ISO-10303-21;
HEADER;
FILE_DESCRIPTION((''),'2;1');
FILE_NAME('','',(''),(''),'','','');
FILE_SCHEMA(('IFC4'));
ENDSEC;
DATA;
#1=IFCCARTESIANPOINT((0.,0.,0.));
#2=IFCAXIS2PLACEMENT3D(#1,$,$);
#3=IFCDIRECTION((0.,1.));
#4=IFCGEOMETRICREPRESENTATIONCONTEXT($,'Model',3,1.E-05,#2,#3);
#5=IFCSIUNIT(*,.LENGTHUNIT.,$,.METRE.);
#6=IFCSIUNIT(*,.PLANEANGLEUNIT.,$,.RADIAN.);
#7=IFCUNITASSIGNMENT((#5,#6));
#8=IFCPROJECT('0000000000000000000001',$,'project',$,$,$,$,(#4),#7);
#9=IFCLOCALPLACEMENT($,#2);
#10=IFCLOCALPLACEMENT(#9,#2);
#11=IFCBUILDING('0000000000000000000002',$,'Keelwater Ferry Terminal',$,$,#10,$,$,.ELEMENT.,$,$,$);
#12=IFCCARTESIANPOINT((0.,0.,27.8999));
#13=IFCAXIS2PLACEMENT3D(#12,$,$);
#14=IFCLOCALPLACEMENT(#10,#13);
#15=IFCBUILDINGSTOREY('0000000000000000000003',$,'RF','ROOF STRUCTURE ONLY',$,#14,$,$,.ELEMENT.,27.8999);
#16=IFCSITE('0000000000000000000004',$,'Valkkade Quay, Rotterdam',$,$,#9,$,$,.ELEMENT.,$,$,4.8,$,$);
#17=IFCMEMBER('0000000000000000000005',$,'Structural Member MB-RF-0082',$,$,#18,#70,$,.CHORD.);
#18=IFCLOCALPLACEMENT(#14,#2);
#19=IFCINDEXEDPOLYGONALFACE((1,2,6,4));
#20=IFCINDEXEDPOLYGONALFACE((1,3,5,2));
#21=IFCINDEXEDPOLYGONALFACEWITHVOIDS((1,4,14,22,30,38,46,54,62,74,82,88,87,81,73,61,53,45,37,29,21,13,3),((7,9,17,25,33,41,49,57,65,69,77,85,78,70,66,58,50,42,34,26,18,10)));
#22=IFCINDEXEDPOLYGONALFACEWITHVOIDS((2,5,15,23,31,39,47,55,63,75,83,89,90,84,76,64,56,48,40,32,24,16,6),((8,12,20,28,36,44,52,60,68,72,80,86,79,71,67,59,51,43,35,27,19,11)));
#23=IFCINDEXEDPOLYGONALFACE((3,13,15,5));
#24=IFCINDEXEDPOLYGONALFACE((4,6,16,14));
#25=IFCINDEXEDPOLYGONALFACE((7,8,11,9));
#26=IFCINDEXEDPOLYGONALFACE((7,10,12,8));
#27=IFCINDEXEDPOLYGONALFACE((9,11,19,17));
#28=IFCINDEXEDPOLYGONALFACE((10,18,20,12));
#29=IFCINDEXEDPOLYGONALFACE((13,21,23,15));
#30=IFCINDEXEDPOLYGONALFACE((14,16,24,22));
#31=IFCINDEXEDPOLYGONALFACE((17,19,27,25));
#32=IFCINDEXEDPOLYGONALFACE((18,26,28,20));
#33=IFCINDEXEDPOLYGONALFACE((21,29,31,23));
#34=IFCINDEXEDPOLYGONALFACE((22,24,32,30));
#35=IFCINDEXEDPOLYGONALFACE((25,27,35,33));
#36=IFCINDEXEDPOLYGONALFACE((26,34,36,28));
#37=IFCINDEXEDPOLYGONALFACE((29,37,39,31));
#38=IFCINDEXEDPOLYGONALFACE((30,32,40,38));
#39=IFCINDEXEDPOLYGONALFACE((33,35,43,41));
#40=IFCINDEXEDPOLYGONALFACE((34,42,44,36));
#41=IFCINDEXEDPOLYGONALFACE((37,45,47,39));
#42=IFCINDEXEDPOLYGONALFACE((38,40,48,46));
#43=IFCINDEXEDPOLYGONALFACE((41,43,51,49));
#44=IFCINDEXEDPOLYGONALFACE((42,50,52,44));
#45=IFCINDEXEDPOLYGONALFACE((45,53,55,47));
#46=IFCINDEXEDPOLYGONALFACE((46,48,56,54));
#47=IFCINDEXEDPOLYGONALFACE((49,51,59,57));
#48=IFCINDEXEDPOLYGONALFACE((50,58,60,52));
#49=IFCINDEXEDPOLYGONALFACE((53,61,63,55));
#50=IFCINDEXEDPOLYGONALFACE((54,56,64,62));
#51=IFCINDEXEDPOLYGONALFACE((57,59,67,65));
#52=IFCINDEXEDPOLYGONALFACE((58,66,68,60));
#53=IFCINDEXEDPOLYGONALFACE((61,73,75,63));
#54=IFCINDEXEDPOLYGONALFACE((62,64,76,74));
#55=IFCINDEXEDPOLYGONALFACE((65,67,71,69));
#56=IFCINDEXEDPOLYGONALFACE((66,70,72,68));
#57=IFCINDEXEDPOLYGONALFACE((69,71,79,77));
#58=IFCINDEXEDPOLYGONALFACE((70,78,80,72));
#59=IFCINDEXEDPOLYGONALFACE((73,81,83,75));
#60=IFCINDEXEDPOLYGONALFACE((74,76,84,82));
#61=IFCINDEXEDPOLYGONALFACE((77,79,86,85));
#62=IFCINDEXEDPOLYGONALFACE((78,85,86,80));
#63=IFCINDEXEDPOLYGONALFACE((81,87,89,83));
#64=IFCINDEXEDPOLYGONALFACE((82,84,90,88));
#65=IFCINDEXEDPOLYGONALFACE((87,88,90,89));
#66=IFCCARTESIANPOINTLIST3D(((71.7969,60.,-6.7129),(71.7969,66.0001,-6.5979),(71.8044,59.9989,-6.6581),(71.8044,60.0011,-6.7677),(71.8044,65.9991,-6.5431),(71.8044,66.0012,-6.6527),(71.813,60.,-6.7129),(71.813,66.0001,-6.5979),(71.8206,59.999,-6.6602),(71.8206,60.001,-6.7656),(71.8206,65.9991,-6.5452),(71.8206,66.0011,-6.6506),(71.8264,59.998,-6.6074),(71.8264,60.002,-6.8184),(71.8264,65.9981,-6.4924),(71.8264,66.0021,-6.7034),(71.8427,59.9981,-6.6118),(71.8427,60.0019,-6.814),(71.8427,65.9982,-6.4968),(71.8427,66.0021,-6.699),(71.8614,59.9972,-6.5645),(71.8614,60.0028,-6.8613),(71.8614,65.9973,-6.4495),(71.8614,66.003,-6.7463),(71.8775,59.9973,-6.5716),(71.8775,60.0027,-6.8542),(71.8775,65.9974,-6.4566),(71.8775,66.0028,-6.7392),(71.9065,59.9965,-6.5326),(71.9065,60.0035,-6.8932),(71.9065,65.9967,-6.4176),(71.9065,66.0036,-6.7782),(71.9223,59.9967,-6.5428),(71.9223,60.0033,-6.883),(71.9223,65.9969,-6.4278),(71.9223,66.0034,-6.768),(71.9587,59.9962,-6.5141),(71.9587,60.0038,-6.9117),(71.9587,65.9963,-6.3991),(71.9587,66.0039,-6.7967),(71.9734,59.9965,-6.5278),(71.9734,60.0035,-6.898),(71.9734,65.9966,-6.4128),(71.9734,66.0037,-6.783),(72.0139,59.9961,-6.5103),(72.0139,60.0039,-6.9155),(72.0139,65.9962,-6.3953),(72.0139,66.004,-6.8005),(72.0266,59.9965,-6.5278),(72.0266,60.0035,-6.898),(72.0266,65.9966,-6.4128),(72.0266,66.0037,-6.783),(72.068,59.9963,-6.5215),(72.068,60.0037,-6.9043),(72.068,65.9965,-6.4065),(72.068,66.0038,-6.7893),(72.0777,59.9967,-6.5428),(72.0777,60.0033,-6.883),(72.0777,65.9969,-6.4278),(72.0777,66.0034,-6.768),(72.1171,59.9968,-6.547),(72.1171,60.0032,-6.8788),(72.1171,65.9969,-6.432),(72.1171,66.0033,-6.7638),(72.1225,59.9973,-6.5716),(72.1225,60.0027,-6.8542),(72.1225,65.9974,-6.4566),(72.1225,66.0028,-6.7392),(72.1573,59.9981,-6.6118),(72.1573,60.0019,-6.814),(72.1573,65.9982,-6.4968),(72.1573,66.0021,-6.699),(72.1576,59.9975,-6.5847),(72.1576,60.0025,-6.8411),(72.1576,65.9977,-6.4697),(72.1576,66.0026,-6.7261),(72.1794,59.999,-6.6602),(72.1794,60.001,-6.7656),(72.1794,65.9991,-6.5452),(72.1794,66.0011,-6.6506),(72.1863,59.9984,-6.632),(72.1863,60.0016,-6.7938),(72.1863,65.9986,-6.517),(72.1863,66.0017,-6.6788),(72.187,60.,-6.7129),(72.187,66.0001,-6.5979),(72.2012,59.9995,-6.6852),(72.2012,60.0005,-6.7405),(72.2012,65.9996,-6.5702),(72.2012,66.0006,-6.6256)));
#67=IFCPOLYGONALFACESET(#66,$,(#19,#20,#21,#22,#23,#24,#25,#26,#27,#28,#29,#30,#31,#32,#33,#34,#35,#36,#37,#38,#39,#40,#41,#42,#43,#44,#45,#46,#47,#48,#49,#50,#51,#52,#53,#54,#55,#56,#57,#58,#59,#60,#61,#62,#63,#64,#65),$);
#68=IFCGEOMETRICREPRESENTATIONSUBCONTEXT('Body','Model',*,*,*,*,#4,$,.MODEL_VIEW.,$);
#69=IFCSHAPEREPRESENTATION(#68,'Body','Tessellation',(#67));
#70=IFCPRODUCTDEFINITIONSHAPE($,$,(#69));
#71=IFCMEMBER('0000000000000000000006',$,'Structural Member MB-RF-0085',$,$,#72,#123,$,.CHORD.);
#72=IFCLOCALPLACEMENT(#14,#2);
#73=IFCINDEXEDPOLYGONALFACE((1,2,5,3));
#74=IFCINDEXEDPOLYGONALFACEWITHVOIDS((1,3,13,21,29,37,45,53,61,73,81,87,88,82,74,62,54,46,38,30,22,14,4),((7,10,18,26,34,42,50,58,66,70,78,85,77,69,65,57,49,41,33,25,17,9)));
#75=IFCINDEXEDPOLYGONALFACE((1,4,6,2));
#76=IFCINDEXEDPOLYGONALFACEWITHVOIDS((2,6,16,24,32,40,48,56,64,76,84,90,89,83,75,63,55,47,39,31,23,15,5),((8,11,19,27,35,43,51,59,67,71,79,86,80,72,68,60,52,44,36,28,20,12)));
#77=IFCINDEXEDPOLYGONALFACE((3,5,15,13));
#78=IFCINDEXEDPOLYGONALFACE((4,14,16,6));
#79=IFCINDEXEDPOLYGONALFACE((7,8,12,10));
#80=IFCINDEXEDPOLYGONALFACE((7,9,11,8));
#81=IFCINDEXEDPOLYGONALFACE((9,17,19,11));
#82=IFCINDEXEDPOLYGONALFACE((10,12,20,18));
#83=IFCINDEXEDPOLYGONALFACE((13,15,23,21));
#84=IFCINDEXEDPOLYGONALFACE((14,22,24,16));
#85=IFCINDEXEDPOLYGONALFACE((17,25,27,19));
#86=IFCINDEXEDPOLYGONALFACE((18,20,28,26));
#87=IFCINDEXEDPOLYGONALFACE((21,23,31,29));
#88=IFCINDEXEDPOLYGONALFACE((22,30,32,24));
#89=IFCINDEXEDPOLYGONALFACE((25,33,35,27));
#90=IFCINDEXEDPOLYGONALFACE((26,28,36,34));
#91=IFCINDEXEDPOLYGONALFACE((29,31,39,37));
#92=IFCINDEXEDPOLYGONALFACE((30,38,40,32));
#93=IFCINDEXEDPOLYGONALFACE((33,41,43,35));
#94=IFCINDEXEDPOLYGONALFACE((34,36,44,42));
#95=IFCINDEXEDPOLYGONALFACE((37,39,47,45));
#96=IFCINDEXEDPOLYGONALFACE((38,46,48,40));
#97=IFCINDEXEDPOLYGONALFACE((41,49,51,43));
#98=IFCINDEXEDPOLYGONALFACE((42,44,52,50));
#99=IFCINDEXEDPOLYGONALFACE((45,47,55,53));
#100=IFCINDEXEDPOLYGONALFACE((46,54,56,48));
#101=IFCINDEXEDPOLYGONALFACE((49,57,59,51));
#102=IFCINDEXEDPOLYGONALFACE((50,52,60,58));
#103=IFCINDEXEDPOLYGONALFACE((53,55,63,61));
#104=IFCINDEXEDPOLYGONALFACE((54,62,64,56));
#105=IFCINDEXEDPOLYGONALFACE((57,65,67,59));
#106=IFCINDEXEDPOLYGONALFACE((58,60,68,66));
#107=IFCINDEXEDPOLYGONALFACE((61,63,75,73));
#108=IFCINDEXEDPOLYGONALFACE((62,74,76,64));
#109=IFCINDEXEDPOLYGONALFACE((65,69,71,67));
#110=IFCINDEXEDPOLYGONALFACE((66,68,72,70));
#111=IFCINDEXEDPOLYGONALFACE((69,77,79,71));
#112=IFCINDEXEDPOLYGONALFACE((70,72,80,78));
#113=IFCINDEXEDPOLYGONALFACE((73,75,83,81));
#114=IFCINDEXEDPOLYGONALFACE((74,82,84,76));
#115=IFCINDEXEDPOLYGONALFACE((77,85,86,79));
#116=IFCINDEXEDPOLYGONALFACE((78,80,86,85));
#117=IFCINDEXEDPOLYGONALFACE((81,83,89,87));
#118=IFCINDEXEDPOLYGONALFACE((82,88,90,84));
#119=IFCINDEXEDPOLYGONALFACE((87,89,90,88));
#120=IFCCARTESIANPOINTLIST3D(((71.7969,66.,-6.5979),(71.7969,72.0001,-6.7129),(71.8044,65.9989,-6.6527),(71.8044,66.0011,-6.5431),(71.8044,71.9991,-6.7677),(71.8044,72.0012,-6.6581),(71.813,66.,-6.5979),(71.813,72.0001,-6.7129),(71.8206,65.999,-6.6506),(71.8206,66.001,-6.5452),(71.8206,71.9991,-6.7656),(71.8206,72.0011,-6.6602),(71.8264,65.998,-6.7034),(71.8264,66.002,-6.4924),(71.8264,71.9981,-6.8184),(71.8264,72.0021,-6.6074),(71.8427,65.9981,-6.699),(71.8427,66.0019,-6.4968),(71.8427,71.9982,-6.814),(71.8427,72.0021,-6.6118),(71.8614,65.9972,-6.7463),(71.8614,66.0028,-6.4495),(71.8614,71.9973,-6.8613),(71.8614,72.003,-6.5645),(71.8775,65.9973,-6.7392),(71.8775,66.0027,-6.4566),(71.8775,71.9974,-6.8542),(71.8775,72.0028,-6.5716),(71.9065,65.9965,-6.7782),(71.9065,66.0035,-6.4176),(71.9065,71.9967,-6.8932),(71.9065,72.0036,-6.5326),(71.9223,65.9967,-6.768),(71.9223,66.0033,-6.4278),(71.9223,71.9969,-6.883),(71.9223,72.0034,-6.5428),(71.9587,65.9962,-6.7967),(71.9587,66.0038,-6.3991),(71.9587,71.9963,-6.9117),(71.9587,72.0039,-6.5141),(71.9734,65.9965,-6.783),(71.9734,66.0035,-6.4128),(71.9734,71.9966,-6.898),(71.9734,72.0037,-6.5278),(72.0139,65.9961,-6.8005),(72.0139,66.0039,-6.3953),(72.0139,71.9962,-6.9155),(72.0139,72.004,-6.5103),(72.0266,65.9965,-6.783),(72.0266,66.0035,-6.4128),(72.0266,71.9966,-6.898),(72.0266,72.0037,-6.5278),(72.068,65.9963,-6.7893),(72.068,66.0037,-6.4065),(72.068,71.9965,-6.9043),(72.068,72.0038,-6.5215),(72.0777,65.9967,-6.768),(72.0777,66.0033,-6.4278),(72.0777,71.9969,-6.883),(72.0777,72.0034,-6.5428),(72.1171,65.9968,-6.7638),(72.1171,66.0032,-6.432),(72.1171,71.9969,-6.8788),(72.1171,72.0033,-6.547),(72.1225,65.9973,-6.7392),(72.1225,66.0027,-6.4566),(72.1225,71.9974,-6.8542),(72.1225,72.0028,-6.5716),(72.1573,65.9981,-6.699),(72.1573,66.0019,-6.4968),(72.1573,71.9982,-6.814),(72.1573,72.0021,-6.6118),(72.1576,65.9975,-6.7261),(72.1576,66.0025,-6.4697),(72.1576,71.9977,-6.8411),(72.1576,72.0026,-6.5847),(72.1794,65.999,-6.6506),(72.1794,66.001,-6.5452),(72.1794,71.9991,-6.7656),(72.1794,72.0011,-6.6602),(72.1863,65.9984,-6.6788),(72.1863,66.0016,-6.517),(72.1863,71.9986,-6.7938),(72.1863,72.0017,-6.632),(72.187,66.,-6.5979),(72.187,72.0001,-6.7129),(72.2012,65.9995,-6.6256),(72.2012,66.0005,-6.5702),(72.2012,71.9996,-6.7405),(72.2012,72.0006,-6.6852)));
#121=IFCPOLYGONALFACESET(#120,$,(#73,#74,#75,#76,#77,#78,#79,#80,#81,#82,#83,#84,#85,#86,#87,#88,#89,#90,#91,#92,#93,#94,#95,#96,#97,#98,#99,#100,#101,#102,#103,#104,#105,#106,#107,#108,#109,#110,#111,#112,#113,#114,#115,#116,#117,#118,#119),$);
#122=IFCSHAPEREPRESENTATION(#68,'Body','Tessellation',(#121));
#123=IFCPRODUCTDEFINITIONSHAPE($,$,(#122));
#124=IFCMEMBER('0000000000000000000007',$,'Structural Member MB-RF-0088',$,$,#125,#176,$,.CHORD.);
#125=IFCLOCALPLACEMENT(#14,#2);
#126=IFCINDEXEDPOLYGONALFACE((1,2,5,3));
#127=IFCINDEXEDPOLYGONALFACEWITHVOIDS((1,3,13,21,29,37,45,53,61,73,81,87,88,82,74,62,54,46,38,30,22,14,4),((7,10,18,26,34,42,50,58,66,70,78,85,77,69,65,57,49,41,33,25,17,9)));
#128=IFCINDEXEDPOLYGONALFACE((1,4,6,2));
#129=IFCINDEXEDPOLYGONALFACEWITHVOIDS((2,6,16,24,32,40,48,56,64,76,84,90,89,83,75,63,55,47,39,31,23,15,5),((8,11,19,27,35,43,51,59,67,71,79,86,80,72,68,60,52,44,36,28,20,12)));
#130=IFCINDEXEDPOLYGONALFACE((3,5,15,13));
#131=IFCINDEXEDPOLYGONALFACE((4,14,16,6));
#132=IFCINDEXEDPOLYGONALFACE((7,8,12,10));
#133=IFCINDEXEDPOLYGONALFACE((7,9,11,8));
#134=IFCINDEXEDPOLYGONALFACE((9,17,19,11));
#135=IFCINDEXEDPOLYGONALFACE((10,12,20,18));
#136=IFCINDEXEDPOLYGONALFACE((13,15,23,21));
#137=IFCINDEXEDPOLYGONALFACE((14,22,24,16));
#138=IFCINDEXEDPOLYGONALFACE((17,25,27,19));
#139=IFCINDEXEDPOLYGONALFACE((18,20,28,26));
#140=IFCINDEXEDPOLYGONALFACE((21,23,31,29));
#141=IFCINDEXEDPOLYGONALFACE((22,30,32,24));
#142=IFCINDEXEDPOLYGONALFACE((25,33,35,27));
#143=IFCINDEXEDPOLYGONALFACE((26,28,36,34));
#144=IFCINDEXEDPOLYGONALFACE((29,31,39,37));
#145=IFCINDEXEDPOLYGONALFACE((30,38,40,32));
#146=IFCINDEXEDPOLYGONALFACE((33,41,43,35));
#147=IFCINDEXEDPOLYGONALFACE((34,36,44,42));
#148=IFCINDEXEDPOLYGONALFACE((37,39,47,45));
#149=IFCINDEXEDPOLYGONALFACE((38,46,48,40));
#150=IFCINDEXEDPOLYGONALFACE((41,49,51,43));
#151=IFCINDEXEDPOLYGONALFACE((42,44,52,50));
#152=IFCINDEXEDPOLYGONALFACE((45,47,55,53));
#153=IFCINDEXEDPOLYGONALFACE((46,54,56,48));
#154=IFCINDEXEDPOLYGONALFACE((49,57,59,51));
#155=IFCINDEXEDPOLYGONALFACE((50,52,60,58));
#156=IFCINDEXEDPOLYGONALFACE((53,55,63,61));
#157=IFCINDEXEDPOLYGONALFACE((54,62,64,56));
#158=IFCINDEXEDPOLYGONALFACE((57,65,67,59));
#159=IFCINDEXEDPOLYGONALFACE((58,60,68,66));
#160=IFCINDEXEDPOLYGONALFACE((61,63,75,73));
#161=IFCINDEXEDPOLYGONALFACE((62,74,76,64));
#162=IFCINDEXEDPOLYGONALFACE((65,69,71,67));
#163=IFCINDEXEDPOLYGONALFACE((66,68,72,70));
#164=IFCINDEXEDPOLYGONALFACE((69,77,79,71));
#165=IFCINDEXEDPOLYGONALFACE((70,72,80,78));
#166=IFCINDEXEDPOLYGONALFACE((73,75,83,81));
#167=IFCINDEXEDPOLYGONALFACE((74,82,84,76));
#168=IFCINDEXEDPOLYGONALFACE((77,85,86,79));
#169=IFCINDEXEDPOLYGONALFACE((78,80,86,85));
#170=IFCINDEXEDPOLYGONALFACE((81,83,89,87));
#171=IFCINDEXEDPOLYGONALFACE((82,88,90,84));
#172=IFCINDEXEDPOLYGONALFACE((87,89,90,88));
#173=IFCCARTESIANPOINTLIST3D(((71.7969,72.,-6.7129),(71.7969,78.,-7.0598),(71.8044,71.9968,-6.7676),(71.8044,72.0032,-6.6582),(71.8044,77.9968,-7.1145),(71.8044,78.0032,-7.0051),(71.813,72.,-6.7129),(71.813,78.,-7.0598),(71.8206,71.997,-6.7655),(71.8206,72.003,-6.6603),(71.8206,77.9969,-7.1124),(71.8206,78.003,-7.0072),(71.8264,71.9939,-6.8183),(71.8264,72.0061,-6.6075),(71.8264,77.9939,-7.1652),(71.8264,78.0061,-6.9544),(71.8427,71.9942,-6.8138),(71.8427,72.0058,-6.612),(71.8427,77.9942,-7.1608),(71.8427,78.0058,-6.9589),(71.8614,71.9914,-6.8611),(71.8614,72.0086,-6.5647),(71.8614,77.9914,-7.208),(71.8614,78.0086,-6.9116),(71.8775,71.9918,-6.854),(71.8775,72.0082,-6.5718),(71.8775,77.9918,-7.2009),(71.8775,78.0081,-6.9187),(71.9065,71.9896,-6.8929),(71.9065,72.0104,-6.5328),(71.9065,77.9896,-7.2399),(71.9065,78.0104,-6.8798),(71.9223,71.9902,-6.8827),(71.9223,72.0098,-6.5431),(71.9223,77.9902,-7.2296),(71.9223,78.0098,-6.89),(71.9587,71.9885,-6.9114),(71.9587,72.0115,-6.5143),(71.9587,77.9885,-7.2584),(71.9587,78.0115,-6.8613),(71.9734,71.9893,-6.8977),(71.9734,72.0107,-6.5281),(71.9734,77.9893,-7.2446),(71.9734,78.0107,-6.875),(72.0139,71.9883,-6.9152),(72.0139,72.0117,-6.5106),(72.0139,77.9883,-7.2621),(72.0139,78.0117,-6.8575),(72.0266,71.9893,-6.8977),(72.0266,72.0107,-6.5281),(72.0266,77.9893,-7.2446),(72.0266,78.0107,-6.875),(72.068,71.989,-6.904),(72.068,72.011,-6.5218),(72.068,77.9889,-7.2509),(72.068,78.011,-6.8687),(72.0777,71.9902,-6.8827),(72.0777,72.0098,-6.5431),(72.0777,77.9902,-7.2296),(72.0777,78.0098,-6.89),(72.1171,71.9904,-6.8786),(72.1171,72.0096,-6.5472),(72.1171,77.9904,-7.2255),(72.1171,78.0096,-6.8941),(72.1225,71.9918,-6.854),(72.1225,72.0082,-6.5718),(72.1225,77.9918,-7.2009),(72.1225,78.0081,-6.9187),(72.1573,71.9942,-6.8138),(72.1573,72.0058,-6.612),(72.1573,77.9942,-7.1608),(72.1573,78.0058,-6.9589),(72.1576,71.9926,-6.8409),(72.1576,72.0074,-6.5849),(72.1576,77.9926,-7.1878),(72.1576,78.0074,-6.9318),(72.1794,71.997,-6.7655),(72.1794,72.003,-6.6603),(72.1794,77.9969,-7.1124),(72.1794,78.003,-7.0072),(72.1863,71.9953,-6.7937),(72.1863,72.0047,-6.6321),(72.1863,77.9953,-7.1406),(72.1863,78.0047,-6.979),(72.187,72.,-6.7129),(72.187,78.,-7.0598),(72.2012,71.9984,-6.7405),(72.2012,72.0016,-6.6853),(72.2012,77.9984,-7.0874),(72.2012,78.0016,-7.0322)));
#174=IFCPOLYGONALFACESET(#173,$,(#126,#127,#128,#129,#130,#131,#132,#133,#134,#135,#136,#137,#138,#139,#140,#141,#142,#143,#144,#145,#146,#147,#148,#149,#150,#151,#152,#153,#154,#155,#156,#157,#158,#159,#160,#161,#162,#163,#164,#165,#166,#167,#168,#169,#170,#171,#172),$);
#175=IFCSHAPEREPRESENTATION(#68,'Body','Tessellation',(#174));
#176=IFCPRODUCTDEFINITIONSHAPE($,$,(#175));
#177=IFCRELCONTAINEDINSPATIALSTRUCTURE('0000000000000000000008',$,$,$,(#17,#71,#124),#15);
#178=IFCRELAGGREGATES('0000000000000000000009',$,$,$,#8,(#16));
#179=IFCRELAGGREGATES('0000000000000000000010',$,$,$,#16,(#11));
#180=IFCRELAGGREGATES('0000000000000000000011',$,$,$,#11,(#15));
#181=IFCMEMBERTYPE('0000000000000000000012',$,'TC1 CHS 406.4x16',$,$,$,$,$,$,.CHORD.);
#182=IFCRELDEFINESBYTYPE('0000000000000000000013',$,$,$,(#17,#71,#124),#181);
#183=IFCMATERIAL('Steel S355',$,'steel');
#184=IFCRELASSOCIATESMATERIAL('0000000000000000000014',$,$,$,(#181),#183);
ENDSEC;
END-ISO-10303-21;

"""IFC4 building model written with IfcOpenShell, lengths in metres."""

from ifc_helpers import new_model, si_unit, direction, frame, origin, origin_2d, place, context, subcontext, project, spatial, hollow_circle, extrude, material, material_profile, profile_set, type_object, element, save


model = new_model("IFC4")

# Units and contexts
model_context = context("Model", 3, precision=1e-05, world=origin(), true_north=direction((0.0, 1.0)))
body_context = subcontext(model_context, "Body", "Model", "MODEL_VIEW")
ifc_project = project(units=[si_unit("LENGTHUNIT", "METRE"), si_unit("PLANEANGLEUNIT", "RADIAN")], contexts=[model_context])

# Site, building, storey
site_placement = place(None, origin())
site = spatial("IfcSite", under=ifc_project, at=site_placement, Name="Valkkade Quay, Rotterdam", CompositionType="ELEMENT", RefElevation=4.8)
building_placement = place(site_placement, origin())
building = spatial("IfcBuilding", under=site, at=building_placement, Name="Keelwater Ferry Terminal", CompositionType="ELEMENT")
storey_placement = place(building_placement, frame((0.0, 0.0, 27.8999)))
storey = spatial("IfcBuildingStorey", under=building, at=storey_placement, Name="RF", Description="ROOF STRUCTURE ONLY", CompositionType="ELEMENT", Elevation=27.8999)

# Members
ifc_material_1 = material(Name="Steel S355", Category="steel")
ifc_material_profile_1 = material_profile(ifc_material_1, hollow_circle(Radius=0.2031, WallThickness=0.0161, at=origin_2d()), Name="CHS 406.4x16")
ifc_profile_set_1 = profile_set([ifc_material_profile_1], Name="Steel S355")
member_type_1 = type_object("IfcMemberType", Name="TC1 CHS 406.4x16", PredefinedType="CHORD", material=ifc_profile_set_1)
for number, where, z_axis, x_axis, name in (
    (1, (72.0, 60.0, -6.7129), (0.0, 0.999816, 0.019162), (-1.0, 0.0, 0.0), "Structural Member MB-RF-0082"),
    (2, (72.0, 66.0, -6.5979), (0.0, 0.999816, -0.019162), (-1.0, 0.0, 0.0), "Structural Member MB-RF-0085"),
):
    element("IfcMember", number, at=place(storey_placement, frame(where, z_axis=z_axis, x_axis=x_axis)), inside=storey, type_object=member_type_1, Name=name, PredefinedType="CHORD", context=body_context, shape_type="SweptSolid", body=[
        extrude(hollow_circle(Radius=0.2031, WallThickness=0.0161, at=origin_2d()), origin(), (0.0, 0.0, 1.0), 6.0012),
    ])
member_1_placement = place(storey_placement, frame((72.0, 72.0, -6.7129), z_axis=(0.0, 0.998333, -0.057724), x_axis=(-1.0, 0.0, 0.0)))
element("IfcMember", 3, at=member_1_placement, inside=storey, type_object=member_type_1, Name="Structural Member MB-RF-0088", PredefinedType="CHORD", context=body_context, shape_type="SweptSolid", body=[
    extrude(hollow_circle(Radius=0.2031, WallThickness=0.0161, at=origin_2d()), origin(), (0.0, 0.0, 1.0), 6.01),
])

save(model, "model.ifc")
